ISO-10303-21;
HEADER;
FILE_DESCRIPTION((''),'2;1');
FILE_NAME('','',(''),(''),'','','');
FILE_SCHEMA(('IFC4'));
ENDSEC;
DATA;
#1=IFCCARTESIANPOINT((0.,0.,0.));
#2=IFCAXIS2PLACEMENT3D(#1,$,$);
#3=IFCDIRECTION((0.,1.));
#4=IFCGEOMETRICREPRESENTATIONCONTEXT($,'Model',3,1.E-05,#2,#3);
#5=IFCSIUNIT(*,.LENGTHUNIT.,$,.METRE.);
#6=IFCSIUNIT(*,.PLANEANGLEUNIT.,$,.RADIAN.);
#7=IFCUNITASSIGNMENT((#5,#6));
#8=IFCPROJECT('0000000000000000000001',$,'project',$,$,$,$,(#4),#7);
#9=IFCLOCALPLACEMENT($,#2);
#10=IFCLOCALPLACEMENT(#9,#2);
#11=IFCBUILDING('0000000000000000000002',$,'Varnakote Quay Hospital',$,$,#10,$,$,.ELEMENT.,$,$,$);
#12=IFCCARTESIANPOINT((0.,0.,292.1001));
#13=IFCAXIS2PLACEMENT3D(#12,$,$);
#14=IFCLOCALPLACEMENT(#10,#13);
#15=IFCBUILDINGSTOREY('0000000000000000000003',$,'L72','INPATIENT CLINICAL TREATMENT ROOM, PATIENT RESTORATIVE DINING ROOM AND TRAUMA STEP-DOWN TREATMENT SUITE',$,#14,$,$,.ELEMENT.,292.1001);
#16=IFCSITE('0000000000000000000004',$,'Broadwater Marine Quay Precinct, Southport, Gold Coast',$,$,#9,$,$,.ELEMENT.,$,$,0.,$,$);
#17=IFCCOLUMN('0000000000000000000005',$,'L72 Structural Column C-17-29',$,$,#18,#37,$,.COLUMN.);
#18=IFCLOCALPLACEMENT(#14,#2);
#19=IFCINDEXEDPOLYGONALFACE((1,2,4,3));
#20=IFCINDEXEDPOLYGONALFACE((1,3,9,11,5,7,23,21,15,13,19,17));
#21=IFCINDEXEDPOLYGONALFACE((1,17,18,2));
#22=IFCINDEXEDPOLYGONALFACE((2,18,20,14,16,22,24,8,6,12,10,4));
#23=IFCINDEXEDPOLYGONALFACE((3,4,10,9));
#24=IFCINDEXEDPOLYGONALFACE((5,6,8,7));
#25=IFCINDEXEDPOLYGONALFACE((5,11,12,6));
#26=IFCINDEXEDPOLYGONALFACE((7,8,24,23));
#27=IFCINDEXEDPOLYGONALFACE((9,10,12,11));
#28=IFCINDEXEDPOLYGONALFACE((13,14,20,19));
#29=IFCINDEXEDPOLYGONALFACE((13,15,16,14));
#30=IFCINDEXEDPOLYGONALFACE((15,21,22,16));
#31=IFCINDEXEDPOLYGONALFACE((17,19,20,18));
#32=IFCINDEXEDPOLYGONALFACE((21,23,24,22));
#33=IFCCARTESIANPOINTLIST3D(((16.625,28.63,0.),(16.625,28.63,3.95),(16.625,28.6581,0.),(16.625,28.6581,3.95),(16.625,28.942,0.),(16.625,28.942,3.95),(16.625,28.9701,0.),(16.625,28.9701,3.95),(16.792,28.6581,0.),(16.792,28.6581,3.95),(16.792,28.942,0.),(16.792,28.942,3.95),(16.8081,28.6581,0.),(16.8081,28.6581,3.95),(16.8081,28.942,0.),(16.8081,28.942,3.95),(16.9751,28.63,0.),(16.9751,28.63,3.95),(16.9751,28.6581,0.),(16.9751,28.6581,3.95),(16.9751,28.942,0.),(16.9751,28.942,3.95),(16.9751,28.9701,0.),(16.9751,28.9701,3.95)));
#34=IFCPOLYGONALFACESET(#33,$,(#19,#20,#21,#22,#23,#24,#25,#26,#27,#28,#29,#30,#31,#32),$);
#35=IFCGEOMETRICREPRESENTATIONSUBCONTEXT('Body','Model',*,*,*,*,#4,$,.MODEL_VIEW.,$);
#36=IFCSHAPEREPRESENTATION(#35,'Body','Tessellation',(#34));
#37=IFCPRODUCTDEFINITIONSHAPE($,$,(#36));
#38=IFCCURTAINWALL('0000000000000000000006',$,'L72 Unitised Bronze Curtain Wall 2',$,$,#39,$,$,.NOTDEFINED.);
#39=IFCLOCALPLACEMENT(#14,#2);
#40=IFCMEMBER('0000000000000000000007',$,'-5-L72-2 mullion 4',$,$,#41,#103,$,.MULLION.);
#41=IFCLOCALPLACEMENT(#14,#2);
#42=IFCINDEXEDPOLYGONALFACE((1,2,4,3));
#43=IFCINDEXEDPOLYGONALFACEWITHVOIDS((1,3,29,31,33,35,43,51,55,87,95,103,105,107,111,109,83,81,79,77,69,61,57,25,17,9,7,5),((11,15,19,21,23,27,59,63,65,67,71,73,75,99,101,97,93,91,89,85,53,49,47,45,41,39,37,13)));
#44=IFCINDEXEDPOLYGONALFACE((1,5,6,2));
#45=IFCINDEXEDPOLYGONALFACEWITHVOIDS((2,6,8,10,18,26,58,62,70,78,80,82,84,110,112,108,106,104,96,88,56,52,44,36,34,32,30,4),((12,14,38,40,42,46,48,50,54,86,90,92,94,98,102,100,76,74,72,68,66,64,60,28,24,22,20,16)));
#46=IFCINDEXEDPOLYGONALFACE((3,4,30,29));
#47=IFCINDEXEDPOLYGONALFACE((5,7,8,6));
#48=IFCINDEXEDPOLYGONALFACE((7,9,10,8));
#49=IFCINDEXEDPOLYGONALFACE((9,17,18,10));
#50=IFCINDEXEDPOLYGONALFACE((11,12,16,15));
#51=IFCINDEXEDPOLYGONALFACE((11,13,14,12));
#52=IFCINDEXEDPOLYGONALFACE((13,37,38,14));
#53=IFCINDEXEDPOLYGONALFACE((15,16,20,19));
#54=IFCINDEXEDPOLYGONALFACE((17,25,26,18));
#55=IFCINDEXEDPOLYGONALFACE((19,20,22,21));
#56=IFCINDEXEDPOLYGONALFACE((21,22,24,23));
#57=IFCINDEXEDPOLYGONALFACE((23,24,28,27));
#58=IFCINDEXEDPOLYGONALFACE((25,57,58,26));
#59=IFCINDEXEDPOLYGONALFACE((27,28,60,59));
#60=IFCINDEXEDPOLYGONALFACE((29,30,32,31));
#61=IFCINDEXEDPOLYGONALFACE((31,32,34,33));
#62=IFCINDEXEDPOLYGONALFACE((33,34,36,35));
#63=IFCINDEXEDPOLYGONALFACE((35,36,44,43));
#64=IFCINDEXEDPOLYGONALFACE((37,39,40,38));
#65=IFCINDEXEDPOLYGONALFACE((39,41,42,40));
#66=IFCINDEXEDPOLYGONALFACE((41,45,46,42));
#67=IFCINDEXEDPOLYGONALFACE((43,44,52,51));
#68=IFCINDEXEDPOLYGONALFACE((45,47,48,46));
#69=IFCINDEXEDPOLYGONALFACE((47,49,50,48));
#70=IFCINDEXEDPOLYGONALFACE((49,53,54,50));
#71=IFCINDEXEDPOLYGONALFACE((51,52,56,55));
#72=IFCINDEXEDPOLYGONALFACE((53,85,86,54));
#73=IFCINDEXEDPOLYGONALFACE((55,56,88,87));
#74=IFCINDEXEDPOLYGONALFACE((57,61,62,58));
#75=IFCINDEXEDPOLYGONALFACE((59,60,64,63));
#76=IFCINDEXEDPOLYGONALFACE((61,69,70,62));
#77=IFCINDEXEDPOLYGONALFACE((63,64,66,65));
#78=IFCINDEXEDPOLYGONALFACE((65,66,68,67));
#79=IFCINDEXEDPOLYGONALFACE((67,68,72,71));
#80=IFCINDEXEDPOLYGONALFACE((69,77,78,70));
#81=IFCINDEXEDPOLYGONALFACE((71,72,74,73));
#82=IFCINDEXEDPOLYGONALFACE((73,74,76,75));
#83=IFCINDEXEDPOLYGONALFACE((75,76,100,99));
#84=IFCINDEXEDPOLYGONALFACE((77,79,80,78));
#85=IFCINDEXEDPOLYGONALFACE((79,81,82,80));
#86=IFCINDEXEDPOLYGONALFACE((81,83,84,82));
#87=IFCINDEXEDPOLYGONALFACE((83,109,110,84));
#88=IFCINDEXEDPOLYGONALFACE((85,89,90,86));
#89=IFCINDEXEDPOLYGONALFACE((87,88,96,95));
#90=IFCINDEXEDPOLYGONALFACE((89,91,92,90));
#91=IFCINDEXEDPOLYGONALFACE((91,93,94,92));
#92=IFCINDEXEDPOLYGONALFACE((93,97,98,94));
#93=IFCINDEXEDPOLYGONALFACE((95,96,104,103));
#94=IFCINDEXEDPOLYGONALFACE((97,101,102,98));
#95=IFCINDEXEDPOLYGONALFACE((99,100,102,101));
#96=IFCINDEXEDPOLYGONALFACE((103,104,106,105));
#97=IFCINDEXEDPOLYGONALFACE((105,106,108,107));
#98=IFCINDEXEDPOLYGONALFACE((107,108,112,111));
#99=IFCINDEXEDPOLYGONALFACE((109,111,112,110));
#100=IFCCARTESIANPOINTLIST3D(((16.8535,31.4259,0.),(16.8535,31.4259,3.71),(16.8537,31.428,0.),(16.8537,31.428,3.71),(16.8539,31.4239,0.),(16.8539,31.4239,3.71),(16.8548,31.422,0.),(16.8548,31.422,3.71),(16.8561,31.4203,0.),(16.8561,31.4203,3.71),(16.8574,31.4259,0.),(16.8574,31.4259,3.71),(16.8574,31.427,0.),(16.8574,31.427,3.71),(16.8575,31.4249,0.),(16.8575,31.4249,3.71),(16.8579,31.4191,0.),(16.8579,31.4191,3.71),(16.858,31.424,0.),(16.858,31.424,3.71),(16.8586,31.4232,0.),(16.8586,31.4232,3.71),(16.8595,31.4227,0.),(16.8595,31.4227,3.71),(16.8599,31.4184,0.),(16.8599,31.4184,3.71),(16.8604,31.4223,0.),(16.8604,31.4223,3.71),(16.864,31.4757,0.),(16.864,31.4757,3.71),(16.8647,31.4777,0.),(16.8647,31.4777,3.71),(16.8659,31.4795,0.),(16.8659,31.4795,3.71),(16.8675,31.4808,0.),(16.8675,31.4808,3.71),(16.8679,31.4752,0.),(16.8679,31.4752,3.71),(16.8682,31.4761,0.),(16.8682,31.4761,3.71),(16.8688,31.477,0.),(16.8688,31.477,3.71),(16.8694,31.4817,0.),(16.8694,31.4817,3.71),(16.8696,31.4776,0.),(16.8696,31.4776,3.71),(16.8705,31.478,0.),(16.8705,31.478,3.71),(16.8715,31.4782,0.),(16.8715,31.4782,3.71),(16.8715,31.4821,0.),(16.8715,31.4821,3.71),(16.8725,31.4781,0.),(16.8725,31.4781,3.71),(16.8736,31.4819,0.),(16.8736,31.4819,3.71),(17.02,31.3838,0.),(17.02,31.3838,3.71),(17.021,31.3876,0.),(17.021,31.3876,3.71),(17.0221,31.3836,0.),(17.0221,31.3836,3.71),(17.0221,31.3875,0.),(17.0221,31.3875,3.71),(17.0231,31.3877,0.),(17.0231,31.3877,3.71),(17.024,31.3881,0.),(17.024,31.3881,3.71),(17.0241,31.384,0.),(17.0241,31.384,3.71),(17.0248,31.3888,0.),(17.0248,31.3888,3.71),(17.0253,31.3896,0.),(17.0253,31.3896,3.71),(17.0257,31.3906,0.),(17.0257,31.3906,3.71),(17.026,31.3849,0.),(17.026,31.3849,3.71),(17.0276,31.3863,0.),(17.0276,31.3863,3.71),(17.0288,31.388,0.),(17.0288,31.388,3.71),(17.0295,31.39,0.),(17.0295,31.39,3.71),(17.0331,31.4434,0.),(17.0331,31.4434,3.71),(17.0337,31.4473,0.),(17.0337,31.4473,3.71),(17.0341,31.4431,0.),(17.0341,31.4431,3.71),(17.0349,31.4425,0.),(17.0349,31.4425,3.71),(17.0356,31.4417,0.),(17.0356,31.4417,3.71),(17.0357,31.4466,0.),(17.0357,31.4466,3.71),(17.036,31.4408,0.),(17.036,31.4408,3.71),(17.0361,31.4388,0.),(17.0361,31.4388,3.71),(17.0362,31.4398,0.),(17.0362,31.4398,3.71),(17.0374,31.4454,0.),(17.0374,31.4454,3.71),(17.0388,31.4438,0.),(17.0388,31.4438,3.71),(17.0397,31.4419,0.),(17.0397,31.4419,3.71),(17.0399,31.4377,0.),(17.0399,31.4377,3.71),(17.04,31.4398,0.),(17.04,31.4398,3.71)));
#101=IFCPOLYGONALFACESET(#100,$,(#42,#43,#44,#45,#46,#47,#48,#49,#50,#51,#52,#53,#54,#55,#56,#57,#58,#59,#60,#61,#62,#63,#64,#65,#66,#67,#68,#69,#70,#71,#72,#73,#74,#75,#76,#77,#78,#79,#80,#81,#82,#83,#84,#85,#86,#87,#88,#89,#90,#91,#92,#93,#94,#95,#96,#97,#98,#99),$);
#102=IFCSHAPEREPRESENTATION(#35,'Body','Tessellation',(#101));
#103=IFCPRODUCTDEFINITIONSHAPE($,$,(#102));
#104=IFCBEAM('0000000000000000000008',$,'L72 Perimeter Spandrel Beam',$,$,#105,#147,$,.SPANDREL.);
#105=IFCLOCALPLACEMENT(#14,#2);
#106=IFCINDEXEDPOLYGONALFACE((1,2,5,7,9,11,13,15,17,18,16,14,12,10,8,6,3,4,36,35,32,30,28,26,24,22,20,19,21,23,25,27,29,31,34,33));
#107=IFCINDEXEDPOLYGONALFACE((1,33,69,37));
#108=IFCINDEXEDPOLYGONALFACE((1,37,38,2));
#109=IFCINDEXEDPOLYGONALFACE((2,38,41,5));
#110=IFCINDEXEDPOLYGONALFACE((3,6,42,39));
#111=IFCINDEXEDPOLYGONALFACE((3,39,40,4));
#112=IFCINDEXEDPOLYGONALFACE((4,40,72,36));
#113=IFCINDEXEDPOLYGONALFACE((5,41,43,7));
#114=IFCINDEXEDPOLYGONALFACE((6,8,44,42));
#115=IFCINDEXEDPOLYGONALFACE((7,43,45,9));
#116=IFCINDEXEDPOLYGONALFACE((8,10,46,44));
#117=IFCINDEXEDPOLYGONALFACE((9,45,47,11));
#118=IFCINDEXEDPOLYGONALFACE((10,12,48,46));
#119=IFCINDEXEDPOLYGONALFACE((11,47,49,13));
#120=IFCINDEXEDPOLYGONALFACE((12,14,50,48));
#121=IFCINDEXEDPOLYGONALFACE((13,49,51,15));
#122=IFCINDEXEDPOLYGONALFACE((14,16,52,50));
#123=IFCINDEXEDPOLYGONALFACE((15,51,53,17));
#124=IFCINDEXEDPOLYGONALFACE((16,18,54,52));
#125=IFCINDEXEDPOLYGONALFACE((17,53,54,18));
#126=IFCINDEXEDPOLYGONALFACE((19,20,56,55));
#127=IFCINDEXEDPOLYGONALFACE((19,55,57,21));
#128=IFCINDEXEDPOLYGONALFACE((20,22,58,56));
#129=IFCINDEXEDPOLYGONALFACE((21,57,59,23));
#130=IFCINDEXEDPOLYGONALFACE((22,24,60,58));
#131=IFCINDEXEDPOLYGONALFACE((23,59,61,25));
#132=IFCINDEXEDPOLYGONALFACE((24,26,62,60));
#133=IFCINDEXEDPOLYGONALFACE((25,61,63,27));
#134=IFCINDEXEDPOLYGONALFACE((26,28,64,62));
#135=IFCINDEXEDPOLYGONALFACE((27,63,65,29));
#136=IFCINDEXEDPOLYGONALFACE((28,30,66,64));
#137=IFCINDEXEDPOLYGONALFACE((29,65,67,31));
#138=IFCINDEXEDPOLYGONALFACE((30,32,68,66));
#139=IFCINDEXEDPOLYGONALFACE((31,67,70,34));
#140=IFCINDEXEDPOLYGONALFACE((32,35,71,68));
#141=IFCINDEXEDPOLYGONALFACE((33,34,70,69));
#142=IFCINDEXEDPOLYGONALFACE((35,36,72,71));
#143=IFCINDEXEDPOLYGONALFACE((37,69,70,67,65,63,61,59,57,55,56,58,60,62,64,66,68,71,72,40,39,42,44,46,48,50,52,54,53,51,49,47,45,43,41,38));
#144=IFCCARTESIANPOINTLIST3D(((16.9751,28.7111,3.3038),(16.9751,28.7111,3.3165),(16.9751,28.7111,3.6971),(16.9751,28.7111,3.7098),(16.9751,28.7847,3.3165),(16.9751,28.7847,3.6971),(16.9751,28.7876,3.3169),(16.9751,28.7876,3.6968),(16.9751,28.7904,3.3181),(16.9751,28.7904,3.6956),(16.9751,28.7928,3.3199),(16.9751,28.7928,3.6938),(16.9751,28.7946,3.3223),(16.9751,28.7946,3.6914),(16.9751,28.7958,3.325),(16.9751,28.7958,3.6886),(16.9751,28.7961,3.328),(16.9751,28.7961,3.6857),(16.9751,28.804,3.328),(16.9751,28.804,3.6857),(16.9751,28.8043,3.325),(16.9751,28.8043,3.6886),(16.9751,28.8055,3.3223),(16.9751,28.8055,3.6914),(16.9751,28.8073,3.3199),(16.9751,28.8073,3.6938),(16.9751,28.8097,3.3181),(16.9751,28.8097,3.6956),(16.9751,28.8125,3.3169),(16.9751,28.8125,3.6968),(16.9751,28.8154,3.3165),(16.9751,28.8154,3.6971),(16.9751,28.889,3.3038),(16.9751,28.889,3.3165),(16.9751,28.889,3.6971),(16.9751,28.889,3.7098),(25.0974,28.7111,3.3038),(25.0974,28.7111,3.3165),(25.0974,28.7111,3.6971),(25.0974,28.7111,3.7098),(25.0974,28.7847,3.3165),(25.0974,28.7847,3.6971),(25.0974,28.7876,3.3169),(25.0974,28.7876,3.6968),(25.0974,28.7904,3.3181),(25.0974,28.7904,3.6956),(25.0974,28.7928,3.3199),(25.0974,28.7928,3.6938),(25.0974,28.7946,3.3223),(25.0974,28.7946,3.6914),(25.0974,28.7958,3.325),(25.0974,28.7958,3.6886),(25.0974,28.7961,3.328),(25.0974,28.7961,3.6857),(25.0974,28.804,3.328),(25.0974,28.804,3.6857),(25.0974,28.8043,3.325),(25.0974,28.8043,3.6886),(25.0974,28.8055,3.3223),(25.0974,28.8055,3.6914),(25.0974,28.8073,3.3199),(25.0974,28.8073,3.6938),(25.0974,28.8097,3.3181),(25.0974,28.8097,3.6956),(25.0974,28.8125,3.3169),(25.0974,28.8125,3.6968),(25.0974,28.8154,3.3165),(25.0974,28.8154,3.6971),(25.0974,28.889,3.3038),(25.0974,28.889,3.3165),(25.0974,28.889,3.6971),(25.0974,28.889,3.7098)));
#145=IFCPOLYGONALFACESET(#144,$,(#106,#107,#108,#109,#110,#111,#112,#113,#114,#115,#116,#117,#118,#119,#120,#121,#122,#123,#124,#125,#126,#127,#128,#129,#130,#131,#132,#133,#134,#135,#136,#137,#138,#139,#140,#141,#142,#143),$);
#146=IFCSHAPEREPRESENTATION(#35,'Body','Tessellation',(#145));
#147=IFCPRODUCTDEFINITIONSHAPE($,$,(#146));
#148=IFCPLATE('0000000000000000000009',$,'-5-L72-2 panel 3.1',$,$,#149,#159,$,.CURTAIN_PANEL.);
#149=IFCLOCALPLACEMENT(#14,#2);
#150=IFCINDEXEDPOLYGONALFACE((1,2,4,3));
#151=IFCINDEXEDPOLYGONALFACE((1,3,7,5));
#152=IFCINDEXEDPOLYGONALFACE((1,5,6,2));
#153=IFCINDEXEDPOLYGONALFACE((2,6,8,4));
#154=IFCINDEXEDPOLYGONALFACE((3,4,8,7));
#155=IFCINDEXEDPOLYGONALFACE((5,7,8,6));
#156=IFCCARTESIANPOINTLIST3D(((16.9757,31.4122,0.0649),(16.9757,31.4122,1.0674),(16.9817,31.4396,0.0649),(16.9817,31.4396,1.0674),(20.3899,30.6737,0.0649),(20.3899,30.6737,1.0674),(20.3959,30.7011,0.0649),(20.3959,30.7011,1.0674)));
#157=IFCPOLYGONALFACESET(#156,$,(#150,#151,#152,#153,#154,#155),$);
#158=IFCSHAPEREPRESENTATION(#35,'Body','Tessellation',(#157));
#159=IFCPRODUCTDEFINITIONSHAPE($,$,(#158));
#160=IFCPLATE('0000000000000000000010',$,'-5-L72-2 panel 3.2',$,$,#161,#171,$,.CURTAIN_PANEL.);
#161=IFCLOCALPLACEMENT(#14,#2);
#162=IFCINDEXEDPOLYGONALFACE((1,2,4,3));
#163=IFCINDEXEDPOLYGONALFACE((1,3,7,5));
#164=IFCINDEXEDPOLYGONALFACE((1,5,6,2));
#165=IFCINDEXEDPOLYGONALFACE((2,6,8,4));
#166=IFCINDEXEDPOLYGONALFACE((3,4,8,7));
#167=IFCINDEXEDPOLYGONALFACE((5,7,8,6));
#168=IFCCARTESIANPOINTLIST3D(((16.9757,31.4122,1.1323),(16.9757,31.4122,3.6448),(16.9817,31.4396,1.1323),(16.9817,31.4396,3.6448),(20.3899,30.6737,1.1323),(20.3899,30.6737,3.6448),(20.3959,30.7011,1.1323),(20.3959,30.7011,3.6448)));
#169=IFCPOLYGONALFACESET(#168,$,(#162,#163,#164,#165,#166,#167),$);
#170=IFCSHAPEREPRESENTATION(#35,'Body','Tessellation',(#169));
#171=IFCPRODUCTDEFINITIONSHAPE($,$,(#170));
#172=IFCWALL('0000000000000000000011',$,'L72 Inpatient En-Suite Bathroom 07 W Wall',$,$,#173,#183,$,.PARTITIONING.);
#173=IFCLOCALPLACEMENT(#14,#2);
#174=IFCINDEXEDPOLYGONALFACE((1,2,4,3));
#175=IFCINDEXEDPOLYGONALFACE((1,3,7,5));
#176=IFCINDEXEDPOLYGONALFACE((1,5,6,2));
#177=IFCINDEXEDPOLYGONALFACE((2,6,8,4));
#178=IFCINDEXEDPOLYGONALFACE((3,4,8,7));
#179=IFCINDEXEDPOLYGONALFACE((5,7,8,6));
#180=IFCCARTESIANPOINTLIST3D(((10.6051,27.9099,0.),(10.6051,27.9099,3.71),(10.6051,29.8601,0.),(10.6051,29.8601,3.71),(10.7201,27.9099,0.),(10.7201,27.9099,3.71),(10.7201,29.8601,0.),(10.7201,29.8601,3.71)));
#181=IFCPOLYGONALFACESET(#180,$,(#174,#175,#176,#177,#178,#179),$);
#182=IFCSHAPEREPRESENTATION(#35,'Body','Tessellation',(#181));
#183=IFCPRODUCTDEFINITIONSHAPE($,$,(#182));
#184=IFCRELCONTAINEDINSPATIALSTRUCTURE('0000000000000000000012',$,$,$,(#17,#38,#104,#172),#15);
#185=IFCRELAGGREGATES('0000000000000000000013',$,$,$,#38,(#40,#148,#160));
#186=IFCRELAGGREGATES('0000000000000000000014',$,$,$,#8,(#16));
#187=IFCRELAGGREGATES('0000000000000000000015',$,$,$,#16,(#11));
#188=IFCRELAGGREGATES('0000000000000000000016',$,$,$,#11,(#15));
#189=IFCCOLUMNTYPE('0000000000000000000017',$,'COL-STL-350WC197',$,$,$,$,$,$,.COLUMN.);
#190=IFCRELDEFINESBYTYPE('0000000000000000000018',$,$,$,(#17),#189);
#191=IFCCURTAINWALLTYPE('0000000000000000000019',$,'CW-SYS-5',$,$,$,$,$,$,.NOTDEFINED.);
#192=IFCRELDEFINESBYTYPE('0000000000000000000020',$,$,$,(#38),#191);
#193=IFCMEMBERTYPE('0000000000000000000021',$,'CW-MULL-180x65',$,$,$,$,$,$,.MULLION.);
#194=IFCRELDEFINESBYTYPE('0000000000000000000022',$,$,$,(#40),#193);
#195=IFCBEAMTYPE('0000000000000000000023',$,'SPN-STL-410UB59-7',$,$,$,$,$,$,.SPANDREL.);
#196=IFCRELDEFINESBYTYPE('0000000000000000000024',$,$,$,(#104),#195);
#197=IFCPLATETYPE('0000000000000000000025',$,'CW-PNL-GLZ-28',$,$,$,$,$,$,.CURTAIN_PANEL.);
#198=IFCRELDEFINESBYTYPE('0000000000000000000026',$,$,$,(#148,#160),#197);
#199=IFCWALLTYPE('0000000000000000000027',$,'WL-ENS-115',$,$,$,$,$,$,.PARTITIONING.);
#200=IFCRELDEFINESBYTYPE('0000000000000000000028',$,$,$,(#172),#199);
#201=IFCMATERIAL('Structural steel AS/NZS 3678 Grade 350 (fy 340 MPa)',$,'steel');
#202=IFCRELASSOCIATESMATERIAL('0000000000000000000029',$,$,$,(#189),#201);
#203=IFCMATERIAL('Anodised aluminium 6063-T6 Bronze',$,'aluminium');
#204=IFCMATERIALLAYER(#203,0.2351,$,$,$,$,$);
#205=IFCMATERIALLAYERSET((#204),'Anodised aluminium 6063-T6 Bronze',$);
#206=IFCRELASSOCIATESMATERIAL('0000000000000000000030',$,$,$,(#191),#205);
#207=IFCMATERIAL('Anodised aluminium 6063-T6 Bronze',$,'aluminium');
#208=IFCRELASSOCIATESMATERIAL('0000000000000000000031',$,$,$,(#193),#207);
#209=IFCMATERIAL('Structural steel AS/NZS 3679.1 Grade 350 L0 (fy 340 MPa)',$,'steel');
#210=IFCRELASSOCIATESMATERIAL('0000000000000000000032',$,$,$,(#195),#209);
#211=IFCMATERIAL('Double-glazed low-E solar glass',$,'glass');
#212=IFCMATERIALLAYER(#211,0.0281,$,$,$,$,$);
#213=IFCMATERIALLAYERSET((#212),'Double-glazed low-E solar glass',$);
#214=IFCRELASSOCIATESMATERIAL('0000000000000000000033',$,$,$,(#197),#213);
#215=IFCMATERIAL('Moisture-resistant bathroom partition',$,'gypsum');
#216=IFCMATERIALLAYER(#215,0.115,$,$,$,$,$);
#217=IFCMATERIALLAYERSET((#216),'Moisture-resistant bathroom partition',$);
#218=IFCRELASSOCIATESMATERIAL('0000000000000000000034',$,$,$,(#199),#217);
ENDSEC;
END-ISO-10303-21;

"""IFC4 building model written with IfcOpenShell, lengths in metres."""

from ifc_helpers import new_model, si_unit, direction, frame, frame_2d, origin, origin_2d, place, context, subcontext, project, spatial, rectangle, hollow_rectangle, i_section, extrude, material, layer, layer_set, material_profile, profile_set, type_object, element, aggregate, save


model = new_model("IFC4")

# Units and contexts
model_context = context("Model", 3, precision=1e-05, world=origin(), true_north=direction((0.0, 1.0)))
body_context = subcontext(model_context, "Body", "Model", "MODEL_VIEW")
ifc_project = project(units=[si_unit("LENGTHUNIT", "METRE"), si_unit("PLANEANGLEUNIT", "RADIAN")], contexts=[model_context])

# Site, building, storey
site_placement = place(None, origin())
site = spatial("IfcSite", under=ifc_project, at=site_placement, Name="Broadwater Marine Quay Precinct, Southport, Gold Coast", CompositionType="ELEMENT", RefElevation=0.0)
building_placement = place(site_placement, origin())
building = spatial("IfcBuilding", under=site, at=building_placement, Name="Varnakote Quay Hospital", CompositionType="ELEMENT")
storey_placement = place(building_placement, frame((0.0, 0.0, 292.1001)))
storey = spatial("IfcBuildingStorey", under=building, at=storey_placement, Name="L72", Description="INPATIENT CLINICAL TREATMENT ROOM, PATIENT RESTORATIVE DINING ROOM AND TRAUMA STEP-DOWN TREATMENT SUITE", CompositionType="ELEMENT", Elevation=292.1001)

# Column
ifc_material_1 = material(Name="Structural steel AS/NZS 3678 Grade 350 (fy 340 MPa)", Category="steel")
ifc_material_profile_1 = material_profile(ifc_material_1, i_section(OverallWidth=0.3501, OverallDepth=0.3401, WebThickness=0.0161, FlangeThickness=0.0281, at=origin_2d()), Name="350WC197")
ifc_profile_set_1 = profile_set([ifc_material_profile_1], Name="Structural steel AS/NZS 3678 Grade 350 (fy 340 MPa)")
column_type = type_object("IfcColumnType", Name="COL-STL-350WC197", PredefinedType="COLUMN", material=ifc_profile_set_1)
column_placement = place(storey_placement, frame((16.8, 28.8, 0.0), z_axis=(0.0, 0.0, 1.0), x_axis=(1.0, 0.0, 0.0)))
element("IfcColumn", 1, at=column_placement, inside=storey, type_object=column_type, Name="L72 Structural Column C-17-29", PredefinedType="COLUMN", context=body_context, shape_type="SweptSolid", body=[
    extrude(i_section(OverallWidth=0.3501, OverallDepth=0.3401, WebThickness=0.0161, FlangeThickness=0.0281, at=origin_2d()), origin(), (0.0, 0.0, 1.0), 3.95),
])

# Curtain wall, member
ifc_material_2 = material(Name="Anodised aluminium 6063-T6 Bronze", Category="aluminium")
ifc_layer_1 = layer(ifc_material_2, 0.2351)
ifc_layer_set_1 = layer_set([ifc_layer_1], Name="Anodised aluminium 6063-T6 Bronze")
curtain_wall_type = type_object("IfcCurtainWallType", Name="CW-SYS-5", PredefinedType="NOTDEFINED", material=ifc_layer_set_1)
curtain_wall_placement = place(storey_placement, origin())
curtain_wall = element("IfcCurtainWall", 2, at=curtain_wall_placement, inside=storey, type_object=curtain_wall_type, Name="L72 Unitised Bronze Curtain Wall 2", PredefinedType="NOTDEFINED")
ifc_material_3 = material(Name="Anodised aluminium 6063-T6 Bronze", Category="aluminium")
ifc_material_profile_2 = material_profile(ifc_material_3, hollow_rectangle(XDim=0.0649, YDim=0.1799, WallThickness=0.0039, InnerFilletRadius=0.0039, OuterFilletRadius=0.0081, at=origin_2d()), Name="CW-MULL-180x65")
ifc_profile_set_2 = profile_set([ifc_material_profile_2], Name="Anodised aluminium 6063-T6 Bronze")
member_type = type_object("IfcMemberType", Name="CW-MULL-180x65", PredefinedType="MULLION", material=ifc_profile_set_2)
member_placement = place(storey_placement, frame((16.9468, 31.4329, 0.0), z_axis=(0.0, 0.0, 1.0), x_axis=(-0.211408, -0.977398, 0.0)))
member = element("IfcMember", 3, at=member_placement, type_object=member_type, Name="-5-L72-2 mullion 4", PredefinedType="MULLION", context=body_context, shape_type="SweptSolid", body=[
    extrude(hollow_rectangle(XDim=0.0649, YDim=0.1799, WallThickness=0.0039, InnerFilletRadius=0.0039, OuterFilletRadius=0.0081, at=origin_2d()), origin(), (0.0, 0.0, 1.0), 3.71),
])

# Beam
ifc_material_4 = material(Name="Structural steel AS/NZS 3679.1 Grade 350 L0 (fy 340 MPa)", Category="steel")
ifc_material_profile_3 = material_profile(ifc_material_4, i_section(OverallWidth=0.178, OverallDepth=0.406, WebThickness=0.0078, FlangeThickness=0.0127, FilletRadius=0.0115, at=origin_2d()), Name="410UB59.7")
ifc_profile_set_3 = profile_set([ifc_material_profile_3], Name="Structural steel AS/NZS 3679.1 Grade 350 L0 (fy 340 MPa)")
beam_type = type_object("IfcBeamType", Name="SPN-STL-410UB59-7", PredefinedType="SPANDREL", material=ifc_profile_set_3)
beam_placement = place(storey_placement, frame((16.9751, 28.8, 3.5068), z_axis=(1.0, 0.0, 0.0), x_axis=(0.0, 1.0, 0.0)))
element("IfcBeam", 4, at=beam_placement, inside=storey, type_object=beam_type, Name="L72 Perimeter Spandrel Beam", PredefinedType="SPANDREL", context=body_context, shape_type="SweptSolid", body=[
    extrude(i_section(OverallWidth=0.178, OverallDepth=0.406, WebThickness=0.0078, FlangeThickness=0.0127, FilletRadius=0.0115, at=origin_2d()), origin(), (0.0, 0.0, 1.0), 8.1223),
])

# Plates
ifc_material_5 = material(Name="Double-glazed low-E solar glass", Category="glass")
ifc_layer_2 = layer(ifc_material_5, 0.0281)
ifc_layer_set_2 = layer_set([ifc_layer_2], Name="Double-glazed low-E solar glass")
plate_type = type_object("IfcPlateType", Name="CW-PNL-GLZ-28", PredefinedType="CURTAIN_PANEL", material=ifc_layer_set_2)
plate_1_placement = place(storey_placement, frame((18.6858, 31.0566, 0.0649), z_axis=(0.0, 0.0, 1.0), x_axis=(-0.977398, 0.211408, 0.0)))
plate_1 = element("IfcPlate", 5, at=plate_1_placement, type_object=plate_type, Name="-5-L72-2 panel 3.1", PredefinedType="CURTAIN_PANEL", context=body_context, shape_type="SweptSolid", body=[
    extrude(rectangle(XDim=3.4932, YDim=0.0281, at=origin_2d()), origin(), (0.0, 0.0, 1.0), 1.0024),
])
plate_2_placement = place(storey_placement, frame((18.6858, 31.0566, 1.1323), z_axis=(0.0, 0.0, 1.0), x_axis=(-0.977398, 0.211408, 0.0)))
plate_2 = element("IfcPlate", 6, at=plate_2_placement, type_object=plate_type, Name="-5-L72-2 panel 3.2", PredefinedType="CURTAIN_PANEL", context=body_context, shape_type="SweptSolid", body=[
    extrude(rectangle(XDim=3.4932, YDim=0.0281, at=origin_2d()), origin(), (0.0, 0.0, 1.0), 2.5125),
])
aggregate(curtain_wall, [member, plate_1, plate_2])

# Wall
ifc_material_6 = material(Name="Moisture-resistant bathroom partition", Category="gypsum")
ifc_layer_3 = layer(ifc_material_6, 0.115)
ifc_layer_set_3 = layer_set([ifc_layer_3], Name="Moisture-resistant bathroom partition")
wall_type_1 = type_object("IfcWallType", Name="WL-ENS-115", PredefinedType="PARTITIONING", material=ifc_layer_set_3)
wall_1_placement = place(storey_placement, frame((10.6626, 27.9099, 0.0), z_axis=(0.0, 0.0, 1.0), x_axis=(0.0, 1.0, 0.0)))
element("IfcWall", 7, at=wall_1_placement, inside=storey, type_object=wall_type_1, Name="L72 Inpatient En-Suite Bathroom 07 W Wall", PredefinedType="PARTITIONING", context=body_context, shape_type="SweptSolid", body=[
    extrude(rectangle(XDim=1.9502, YDim=0.115, at=frame_2d((0.9751, 0.0))), origin(), (0.0, 0.0, 1.0), 3.71),
])

save(model, "model.ifc")
